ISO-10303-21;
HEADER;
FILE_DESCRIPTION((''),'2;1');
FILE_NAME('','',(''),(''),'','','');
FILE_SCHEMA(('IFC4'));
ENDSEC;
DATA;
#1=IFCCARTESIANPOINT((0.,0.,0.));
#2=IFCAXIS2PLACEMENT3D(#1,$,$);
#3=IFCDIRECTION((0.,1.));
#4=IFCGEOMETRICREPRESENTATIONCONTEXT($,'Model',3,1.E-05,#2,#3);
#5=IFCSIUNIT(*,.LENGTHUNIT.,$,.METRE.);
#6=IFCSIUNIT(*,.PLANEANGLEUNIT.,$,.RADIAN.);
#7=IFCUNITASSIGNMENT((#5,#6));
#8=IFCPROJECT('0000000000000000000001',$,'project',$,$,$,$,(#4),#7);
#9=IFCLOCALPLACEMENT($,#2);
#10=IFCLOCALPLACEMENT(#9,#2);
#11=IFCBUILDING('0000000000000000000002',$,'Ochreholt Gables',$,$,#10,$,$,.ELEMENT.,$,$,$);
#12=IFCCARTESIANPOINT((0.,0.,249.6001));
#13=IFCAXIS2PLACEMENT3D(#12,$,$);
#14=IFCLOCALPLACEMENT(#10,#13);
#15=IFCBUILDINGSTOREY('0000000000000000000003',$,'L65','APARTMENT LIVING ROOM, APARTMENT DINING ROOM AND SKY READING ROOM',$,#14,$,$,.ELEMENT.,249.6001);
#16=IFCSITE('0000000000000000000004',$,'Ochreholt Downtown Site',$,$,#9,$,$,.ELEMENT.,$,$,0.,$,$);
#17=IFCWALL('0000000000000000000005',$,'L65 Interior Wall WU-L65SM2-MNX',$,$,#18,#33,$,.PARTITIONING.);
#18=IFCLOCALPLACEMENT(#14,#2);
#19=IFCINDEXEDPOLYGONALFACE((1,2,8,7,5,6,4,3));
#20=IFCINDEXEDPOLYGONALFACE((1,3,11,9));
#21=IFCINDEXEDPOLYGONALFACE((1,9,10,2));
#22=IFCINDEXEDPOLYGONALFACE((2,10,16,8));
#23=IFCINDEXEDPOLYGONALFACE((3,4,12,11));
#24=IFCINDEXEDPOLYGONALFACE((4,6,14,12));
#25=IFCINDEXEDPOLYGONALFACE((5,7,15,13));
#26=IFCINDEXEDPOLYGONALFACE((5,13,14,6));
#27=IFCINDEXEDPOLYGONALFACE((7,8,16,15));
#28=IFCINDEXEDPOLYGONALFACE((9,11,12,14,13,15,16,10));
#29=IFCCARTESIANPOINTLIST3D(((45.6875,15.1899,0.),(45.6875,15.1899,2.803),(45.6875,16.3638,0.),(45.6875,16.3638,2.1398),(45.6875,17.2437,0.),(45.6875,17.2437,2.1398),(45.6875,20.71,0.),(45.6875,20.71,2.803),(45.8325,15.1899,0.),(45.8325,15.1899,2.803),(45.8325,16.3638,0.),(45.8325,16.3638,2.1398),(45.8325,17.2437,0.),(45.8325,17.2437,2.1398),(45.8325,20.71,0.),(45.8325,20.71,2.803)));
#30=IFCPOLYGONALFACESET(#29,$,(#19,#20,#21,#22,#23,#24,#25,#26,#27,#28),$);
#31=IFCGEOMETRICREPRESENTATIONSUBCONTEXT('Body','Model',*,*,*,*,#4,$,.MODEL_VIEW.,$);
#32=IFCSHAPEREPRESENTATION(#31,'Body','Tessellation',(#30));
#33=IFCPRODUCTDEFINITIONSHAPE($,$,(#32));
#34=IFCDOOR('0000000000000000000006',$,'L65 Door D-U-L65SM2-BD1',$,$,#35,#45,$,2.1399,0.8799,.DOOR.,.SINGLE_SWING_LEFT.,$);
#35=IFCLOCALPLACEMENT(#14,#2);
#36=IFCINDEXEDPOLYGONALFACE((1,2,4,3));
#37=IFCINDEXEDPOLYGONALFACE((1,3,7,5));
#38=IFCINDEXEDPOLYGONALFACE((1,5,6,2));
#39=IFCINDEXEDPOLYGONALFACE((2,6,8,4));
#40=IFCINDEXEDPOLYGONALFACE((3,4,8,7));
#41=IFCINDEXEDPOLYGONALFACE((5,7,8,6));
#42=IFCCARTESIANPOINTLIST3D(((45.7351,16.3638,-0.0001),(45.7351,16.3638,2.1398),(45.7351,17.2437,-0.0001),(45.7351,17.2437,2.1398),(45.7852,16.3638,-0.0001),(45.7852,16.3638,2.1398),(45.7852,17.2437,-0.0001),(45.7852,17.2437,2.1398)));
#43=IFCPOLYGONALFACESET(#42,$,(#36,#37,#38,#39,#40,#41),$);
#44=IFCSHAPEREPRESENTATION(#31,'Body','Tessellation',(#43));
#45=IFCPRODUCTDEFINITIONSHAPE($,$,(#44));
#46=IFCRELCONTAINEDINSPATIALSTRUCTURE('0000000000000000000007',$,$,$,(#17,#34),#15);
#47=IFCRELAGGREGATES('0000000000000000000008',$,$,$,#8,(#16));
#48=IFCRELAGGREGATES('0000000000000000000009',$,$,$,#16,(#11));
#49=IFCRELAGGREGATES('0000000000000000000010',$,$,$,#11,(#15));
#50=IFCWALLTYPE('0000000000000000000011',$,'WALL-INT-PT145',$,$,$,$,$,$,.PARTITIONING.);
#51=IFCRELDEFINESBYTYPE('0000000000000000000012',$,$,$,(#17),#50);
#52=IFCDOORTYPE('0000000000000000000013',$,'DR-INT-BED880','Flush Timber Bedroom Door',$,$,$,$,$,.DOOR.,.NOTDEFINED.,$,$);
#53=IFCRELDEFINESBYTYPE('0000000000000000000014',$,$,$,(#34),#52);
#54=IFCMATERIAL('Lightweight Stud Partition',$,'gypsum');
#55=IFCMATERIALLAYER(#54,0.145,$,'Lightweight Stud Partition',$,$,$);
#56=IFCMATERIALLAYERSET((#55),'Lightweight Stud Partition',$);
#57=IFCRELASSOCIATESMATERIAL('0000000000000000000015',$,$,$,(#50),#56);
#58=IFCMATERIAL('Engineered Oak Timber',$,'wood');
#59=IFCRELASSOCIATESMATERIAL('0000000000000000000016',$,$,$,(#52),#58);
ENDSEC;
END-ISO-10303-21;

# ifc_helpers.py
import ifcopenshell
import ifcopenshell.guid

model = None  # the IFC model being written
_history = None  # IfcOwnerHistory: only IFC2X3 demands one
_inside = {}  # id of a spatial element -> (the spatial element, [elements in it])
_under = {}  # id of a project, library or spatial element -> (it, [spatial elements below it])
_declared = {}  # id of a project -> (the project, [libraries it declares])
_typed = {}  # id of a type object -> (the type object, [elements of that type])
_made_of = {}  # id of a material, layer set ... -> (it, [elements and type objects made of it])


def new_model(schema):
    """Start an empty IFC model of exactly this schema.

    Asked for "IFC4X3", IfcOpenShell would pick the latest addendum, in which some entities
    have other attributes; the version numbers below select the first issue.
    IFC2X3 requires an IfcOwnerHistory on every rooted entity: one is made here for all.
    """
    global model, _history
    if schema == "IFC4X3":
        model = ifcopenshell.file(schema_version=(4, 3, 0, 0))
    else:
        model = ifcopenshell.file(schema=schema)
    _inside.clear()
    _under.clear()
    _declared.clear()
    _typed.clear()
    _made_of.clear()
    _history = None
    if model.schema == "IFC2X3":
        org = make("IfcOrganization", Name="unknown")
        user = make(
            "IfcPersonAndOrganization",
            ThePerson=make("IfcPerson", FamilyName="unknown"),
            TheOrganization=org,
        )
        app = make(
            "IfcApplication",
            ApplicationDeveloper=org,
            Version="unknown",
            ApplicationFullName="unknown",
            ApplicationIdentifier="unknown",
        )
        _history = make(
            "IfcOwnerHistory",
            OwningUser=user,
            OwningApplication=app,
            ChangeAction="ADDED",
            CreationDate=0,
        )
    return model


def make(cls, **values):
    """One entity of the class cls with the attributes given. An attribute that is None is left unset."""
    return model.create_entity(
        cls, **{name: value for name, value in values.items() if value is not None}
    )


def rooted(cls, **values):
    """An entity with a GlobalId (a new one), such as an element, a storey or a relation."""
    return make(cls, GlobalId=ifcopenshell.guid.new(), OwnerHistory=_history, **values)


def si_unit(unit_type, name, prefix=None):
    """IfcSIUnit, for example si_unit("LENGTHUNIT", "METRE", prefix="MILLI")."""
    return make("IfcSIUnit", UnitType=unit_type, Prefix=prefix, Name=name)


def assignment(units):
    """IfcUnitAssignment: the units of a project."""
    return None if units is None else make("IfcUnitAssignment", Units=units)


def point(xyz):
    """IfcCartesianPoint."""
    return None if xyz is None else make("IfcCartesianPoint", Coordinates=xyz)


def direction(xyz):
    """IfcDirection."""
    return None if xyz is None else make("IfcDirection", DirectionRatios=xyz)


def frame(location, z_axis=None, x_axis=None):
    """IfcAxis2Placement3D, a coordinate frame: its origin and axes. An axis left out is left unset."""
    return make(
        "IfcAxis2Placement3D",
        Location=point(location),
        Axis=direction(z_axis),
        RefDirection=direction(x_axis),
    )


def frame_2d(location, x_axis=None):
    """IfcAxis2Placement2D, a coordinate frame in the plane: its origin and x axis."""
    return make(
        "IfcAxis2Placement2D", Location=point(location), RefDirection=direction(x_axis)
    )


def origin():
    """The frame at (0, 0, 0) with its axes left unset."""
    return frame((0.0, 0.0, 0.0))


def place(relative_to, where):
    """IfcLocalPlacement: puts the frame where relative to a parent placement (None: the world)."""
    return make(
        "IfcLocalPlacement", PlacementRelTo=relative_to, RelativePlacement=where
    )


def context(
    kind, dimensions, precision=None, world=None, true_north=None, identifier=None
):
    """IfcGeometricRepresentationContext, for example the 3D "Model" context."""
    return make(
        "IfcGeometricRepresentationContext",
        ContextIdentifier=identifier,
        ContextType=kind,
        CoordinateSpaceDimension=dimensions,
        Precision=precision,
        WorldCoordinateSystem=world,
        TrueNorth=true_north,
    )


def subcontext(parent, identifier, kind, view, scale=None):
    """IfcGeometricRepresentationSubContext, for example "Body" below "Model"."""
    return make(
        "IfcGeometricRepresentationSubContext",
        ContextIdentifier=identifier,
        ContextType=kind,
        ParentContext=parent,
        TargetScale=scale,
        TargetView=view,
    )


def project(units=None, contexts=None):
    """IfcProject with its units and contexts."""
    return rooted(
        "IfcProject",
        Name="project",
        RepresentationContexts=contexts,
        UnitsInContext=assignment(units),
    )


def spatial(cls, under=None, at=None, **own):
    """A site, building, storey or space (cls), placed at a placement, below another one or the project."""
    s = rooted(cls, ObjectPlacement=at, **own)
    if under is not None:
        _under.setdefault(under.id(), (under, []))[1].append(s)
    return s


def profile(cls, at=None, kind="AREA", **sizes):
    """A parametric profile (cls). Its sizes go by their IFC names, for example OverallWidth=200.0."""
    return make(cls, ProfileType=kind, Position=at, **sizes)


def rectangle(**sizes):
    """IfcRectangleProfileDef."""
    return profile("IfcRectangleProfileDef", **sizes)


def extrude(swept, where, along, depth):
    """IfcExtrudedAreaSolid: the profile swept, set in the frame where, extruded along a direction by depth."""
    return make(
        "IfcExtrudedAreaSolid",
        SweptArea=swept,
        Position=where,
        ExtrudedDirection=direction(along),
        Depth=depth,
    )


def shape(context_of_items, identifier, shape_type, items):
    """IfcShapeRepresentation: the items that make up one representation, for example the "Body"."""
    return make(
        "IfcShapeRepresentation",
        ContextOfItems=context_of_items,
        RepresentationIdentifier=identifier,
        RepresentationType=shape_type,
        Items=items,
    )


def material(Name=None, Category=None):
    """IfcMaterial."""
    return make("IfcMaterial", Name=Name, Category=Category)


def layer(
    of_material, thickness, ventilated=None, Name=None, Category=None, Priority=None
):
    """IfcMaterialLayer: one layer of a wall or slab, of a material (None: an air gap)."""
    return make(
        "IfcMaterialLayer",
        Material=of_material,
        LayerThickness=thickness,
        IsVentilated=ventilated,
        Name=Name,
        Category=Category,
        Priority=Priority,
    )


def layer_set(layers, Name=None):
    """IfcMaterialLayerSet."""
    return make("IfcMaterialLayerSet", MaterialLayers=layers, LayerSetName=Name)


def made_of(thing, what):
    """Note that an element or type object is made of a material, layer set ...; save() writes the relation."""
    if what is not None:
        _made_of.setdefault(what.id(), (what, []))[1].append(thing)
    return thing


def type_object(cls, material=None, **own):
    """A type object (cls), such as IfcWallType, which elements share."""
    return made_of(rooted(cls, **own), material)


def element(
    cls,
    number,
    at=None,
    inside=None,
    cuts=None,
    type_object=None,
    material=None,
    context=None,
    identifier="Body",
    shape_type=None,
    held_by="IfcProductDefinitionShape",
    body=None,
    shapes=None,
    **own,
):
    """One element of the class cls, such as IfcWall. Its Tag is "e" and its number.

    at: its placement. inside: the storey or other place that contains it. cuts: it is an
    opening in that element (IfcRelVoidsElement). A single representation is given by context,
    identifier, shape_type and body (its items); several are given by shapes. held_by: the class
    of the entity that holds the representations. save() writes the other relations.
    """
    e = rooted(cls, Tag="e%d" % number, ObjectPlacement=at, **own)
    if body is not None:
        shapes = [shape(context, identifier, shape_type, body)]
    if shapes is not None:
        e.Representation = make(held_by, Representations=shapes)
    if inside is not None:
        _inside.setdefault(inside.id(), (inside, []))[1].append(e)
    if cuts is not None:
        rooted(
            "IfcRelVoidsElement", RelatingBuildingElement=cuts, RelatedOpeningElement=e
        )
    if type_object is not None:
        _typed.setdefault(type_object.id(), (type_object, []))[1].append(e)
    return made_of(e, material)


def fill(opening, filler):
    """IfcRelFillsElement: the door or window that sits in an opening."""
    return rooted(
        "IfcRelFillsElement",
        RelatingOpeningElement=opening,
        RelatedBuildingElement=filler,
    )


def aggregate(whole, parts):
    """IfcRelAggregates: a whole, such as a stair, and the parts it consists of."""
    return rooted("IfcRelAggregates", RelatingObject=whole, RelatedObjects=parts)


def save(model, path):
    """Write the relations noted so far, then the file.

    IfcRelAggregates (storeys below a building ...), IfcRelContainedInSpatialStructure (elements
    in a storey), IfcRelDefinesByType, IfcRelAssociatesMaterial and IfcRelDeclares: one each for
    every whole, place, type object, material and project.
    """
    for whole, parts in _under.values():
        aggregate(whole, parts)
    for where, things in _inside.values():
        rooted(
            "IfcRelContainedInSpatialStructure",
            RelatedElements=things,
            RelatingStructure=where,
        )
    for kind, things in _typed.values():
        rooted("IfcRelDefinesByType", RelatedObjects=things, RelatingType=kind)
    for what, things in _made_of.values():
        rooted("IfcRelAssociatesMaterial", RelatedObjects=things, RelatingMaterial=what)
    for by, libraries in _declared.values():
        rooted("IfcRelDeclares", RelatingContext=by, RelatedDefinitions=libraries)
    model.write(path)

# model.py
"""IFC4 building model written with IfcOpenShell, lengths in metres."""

from ifc_helpers import new_model, si_unit, direction, frame, frame_2d, origin, place, context, subcontext, project, spatial, rectangle, extrude, material, layer, layer_set, type_object, element, fill, save


model = new_model("IFC4")

# Units and contexts
model_context = context("Model", 3, precision=1e-05, world=origin(), true_north=direction((0.0, 1.0)))
body_context = subcontext(model_context, "Body", "Model", "MODEL_VIEW")
ifc_project = project(units=[si_unit("LENGTHUNIT", "METRE"), si_unit("PLANEANGLEUNIT", "RADIAN")], contexts=[model_context])

# Site, building, storey
site_placement = place(None, origin())
site = spatial("IfcSite", under=ifc_project, at=site_placement, Name="Ochreholt Downtown Site", CompositionType="ELEMENT", RefElevation=0.0)
building_placement = place(site_placement, origin())
building = spatial("IfcBuilding", under=site, at=building_placement, Name="Ochreholt Gables", CompositionType="ELEMENT")
storey_placement = place(building_placement, frame((0.0, 0.0, 249.6001)))
storey = spatial("IfcBuildingStorey", under=building, at=storey_placement, Name="L65", Description="APARTMENT LIVING ROOM, APARTMENT DINING ROOM AND SKY READING ROOM", CompositionType="ELEMENT", Elevation=249.6001)

# Shared definitions
ifc_material_1 = material(Name="Engineered Oak Timber", Category="wood")

# Shared definitions
ifc_material_2 = material(Name="Lightweight Stud Partition", Category="gypsum")
ifc_layer_1 = layer(ifc_material_2, 0.145, Name="Lightweight Stud Partition")
ifc_layer_set_1 = layer_set([ifc_layer_1], Name="Lightweight Stud Partition")
wall_type_1 = type_object("IfcWallType", Name="WALL-INT-PT145", PredefinedType="PARTITIONING", material=ifc_layer_set_1)

# Wall, opening, door
wall_1_placement = place(storey_placement, frame((45.76, 15.1899, 0.0), z_axis=(0.0, 0.0, 1.0), x_axis=(0.0, 1.0, 0.0)))
wall_1 = element("IfcWall", 1, at=wall_1_placement, inside=storey, type_object=wall_type_1, Name="L65 Interior Wall WU-L65SM2-MNX", PredefinedType="PARTITIONING", context=body_context, shape_type="SweptSolid", body=[
    extrude(rectangle(XDim=5.52, YDim=0.145, at=frame_2d((2.76, 0.0))), origin(), (0.0, 0.0, 1.0), 2.803),
])
opening_1_placement = place(wall_1_placement, frame((1.1738, 0.0, 0.0)))
opening_1 = element("IfcOpeningElement", 2, at=opening_1_placement, cuts=wall_1, PredefinedType="OPENING", context=body_context, shape_type="SweptSolid", body=[
    extrude(rectangle(XDim=0.8799, YDim=2.1399, at=frame_2d((0.4399, 1.0698))), frame((0.0, 0.0825, 0.0), z_axis=(0.0, -1.0, 0.0), x_axis=(1.0, 0.0, 0.0)), (0.0, 0.0, 1.0), 0.165),
])
door_type_1 = type_object("IfcDoorType", Name="DR-INT-BED880", Description="Flush Timber Bedroom Door", OperationType="NOTDEFINED", PredefinedType="DOOR", material=ifc_material_1)
door_1_placement = place(opening_1_placement, origin())
door_1 = element("IfcDoor", 3, at=door_1_placement, inside=storey, type_object=door_type_1, Name="L65 Door D-U-L65SM2-BD1", OperationType="SINGLE_SWING_LEFT", OverallHeight=2.1399, OverallWidth=0.8799, PredefinedType="DOOR", context=body_context, shape_type="SweptSolid", body=[
    extrude(rectangle(XDim=0.8799, YDim=2.1399, at=frame_2d((0.4399, 1.0698))), frame((0.0, 0.0249, 0.0), z_axis=(0.0, -1.0, 0.0), x_axis=(1.0, 0.0, 0.0)), (0.0, 0.0, 1.0), 0.05),
])
fill(opening_1, door_1)

save(model, "model.ifc")
